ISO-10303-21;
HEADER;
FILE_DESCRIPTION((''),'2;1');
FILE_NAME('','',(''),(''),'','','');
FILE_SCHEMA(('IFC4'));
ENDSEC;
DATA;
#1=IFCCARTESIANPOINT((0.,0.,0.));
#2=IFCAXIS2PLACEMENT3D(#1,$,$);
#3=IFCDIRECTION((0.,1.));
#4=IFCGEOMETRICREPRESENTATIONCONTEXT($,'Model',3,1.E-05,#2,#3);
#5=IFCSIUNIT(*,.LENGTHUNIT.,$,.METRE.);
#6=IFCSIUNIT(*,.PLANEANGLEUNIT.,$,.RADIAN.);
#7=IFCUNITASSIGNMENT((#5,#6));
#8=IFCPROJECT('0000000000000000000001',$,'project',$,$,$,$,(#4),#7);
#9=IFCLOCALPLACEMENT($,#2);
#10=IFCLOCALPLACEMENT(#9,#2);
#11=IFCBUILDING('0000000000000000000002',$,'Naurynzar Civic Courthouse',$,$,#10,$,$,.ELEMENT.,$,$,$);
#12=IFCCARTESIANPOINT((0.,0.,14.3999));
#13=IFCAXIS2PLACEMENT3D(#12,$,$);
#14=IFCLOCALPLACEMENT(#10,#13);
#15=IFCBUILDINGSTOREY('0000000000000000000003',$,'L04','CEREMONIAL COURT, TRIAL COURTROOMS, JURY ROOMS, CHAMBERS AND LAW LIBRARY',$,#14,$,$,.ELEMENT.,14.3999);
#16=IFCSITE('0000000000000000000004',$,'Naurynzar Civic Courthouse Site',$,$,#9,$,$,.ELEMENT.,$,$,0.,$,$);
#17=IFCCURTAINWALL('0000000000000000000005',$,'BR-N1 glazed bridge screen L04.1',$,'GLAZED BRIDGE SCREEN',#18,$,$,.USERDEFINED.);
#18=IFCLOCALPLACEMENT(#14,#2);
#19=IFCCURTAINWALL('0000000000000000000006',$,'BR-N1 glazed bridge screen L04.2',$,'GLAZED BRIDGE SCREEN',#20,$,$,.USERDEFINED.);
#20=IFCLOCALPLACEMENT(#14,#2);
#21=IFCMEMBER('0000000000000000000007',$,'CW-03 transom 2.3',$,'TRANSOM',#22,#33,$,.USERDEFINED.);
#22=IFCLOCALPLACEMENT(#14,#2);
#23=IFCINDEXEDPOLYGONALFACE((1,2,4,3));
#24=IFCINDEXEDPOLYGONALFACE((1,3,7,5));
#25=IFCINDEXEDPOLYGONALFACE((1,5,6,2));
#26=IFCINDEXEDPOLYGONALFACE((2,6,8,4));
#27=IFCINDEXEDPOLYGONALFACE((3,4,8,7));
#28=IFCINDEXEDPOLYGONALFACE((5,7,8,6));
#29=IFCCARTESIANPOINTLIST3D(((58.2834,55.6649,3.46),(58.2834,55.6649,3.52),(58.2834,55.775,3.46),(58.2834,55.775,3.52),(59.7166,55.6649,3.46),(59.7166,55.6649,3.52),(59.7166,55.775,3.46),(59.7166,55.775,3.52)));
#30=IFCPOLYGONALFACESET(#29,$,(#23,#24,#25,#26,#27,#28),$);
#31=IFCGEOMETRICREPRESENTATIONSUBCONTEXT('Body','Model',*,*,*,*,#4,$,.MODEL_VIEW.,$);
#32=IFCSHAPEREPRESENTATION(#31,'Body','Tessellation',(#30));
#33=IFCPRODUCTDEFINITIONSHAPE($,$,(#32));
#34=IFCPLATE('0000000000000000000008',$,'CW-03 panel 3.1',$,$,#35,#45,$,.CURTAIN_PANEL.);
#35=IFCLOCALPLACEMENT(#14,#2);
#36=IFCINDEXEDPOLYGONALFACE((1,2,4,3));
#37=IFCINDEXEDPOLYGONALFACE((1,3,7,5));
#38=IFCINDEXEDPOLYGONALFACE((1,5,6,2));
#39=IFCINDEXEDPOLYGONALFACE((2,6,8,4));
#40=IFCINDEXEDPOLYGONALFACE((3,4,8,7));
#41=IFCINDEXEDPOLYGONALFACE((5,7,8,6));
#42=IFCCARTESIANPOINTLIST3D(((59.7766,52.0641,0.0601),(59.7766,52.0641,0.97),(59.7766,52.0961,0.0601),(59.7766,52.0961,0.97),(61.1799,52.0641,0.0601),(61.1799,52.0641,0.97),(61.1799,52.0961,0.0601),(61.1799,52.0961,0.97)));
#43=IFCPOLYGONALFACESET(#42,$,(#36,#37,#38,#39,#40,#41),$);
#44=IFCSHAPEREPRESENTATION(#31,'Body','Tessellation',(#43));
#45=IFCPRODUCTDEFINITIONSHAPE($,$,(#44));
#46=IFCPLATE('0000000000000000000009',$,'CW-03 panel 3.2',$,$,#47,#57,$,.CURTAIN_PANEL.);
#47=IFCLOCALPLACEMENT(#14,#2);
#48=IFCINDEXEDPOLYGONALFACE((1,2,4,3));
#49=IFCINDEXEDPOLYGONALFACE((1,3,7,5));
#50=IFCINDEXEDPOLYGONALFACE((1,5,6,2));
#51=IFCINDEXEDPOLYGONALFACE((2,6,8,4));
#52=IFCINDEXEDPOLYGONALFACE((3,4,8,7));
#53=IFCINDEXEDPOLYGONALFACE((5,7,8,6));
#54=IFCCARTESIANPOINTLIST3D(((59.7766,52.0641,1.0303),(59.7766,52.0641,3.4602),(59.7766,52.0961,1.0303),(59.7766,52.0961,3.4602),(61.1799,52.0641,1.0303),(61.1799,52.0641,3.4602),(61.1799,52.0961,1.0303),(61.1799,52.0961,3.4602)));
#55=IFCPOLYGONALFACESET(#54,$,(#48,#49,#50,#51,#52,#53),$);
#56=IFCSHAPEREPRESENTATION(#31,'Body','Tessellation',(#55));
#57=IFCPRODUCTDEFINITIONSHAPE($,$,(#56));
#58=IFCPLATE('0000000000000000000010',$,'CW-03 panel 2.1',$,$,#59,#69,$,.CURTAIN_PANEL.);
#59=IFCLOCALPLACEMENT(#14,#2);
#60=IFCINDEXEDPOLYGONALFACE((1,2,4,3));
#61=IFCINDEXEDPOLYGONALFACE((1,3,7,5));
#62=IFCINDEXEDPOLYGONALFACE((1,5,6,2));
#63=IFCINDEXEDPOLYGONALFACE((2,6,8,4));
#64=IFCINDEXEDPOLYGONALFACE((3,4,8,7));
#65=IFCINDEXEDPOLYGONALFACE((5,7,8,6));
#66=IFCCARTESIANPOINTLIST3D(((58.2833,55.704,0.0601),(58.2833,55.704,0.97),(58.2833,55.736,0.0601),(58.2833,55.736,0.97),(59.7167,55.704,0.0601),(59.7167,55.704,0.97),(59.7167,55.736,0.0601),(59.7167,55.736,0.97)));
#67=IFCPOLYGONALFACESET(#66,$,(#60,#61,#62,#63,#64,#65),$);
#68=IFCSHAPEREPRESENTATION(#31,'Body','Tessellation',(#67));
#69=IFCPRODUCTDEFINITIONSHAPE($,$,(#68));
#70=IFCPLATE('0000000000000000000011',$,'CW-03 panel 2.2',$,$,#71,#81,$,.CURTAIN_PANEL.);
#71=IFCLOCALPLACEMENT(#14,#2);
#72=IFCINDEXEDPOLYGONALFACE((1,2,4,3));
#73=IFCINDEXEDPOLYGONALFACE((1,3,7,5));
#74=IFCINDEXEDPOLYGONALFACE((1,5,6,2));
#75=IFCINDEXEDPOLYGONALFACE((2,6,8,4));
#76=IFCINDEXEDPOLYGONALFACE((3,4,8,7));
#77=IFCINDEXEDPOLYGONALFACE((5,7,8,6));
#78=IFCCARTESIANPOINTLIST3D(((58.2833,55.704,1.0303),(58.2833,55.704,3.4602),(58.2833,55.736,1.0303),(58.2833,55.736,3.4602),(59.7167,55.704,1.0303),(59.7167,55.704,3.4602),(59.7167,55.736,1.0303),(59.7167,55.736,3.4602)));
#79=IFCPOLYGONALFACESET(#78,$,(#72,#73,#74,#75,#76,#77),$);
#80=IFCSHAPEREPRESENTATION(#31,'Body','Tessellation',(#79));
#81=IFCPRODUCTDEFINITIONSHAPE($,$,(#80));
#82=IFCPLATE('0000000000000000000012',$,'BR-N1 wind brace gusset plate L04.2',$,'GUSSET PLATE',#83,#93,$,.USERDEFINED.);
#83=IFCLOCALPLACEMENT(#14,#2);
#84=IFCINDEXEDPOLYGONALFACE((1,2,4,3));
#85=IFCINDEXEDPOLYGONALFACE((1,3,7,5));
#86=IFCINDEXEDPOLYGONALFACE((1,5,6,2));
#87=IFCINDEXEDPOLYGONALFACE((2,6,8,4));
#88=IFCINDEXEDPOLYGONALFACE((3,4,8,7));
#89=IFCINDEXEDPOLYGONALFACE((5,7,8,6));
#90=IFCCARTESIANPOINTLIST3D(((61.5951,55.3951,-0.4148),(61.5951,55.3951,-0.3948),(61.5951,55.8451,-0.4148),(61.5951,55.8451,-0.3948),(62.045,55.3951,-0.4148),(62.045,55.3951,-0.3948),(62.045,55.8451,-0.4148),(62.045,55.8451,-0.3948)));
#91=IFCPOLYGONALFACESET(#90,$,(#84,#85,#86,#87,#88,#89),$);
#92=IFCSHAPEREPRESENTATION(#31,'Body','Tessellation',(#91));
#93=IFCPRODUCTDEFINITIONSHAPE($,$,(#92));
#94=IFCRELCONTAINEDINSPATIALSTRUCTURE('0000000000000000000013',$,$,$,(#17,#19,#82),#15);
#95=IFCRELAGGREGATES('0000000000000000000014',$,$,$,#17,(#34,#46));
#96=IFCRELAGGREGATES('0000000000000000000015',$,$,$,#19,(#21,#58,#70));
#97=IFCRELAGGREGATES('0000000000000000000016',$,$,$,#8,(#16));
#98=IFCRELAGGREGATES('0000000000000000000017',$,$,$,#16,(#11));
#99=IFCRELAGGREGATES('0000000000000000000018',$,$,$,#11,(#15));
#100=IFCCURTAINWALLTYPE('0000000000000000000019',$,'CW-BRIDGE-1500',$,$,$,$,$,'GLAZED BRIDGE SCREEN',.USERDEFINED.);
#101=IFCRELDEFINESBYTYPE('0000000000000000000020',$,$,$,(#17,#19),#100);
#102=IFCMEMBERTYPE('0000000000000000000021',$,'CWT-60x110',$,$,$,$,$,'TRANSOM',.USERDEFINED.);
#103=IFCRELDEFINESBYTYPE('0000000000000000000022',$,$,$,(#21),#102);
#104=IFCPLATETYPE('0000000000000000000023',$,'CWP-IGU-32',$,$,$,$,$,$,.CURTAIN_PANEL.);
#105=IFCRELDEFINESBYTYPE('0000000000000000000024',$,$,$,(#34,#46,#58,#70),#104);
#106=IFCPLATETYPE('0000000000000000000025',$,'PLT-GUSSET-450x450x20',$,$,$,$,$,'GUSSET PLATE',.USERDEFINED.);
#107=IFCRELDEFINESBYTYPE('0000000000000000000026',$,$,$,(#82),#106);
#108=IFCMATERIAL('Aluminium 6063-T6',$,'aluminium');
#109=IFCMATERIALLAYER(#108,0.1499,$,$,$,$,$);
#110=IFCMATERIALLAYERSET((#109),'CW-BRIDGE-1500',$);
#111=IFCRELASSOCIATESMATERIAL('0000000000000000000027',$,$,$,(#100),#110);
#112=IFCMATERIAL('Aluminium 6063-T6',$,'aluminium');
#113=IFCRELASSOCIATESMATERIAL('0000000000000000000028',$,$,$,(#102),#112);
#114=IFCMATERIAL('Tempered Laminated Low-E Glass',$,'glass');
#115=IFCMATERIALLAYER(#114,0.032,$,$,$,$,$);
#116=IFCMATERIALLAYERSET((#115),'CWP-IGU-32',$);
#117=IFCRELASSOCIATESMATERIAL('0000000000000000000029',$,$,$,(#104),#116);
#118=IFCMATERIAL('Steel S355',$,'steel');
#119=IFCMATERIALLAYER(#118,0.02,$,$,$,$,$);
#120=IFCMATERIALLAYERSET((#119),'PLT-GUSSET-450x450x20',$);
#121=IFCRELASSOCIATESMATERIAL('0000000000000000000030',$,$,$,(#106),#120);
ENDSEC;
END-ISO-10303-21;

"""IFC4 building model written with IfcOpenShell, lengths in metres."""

from ifc_helpers import new_model, si_unit, direction, frame, origin, origin_2d, place, context, subcontext, project, spatial, rectangle, extrude, material, layer, layer_set, material_profile, profile_set, type_object, element, aggregate, save


model = new_model("IFC4")

# Units and contexts
model_context = context("Model", 3, precision=1e-05, world=origin(), true_north=direction((0.0, 1.0)))
body_context = subcontext(model_context, "Body", "Model", "MODEL_VIEW")
ifc_project = project(units=[si_unit("LENGTHUNIT", "METRE"), si_unit("PLANEANGLEUNIT", "RADIAN")], contexts=[model_context])

# Site, building, storey
site_placement = place(None, origin())
site = spatial("IfcSite", under=ifc_project, at=site_placement, Name="Naurynzar Civic Courthouse Site", CompositionType="ELEMENT", RefElevation=0.0)
building_placement = place(site_placement, origin())
building = spatial("IfcBuilding", under=site, at=building_placement, Name="Naurynzar Civic Courthouse", CompositionType="ELEMENT")
storey_placement = place(building_placement, frame((0.0, 0.0, 14.3999)))
storey = spatial("IfcBuildingStorey", under=building, at=storey_placement, Name="L04", Description="CEREMONIAL COURT, TRIAL COURTROOMS, JURY ROOMS, CHAMBERS AND LAW LIBRARY", CompositionType="ELEMENT", Elevation=14.3999)

# Curtain walls, member
ifc_material_1 = material(Name="Aluminium 6063-T6", Category="aluminium")
ifc_layer_1 = layer(ifc_material_1, 0.1499)
ifc_layer_set_1 = layer_set([ifc_layer_1], Name="CW-BRIDGE-1500")
curtain_wall_type = type_object("IfcCurtainWallType", Name="CW-BRIDGE-1500", ElementType="GLAZED BRIDGE SCREEN", PredefinedType="USERDEFINED", material=ifc_layer_set_1)
curtain_wall_1_placement = place(storey_placement, origin())
curtain_wall_1 = element("IfcCurtainWall", 1, at=curtain_wall_1_placement, inside=storey, type_object=curtain_wall_type, Name="BR-N1 glazed bridge screen L04.1", ObjectType="GLAZED BRIDGE SCREEN", PredefinedType="USERDEFINED")
ifc_material_2 = material(Name="Aluminium 6063-T6", Category="aluminium")
ifc_material_profile_1 = material_profile(ifc_material_2, rectangle(XDim=0.1101, YDim=0.0601, at=origin_2d()), Name="ALU TRANSOM 60x110")
ifc_profile_set_1 = profile_set([ifc_material_profile_1], Name="Aluminium 6063-T6")
member_type_1 = type_object("IfcMemberType", Name="CWT-60x110", ElementType="TRANSOM", PredefinedType="USERDEFINED", material=ifc_profile_set_1)
curtain_wall_2_placement = place(storey_placement, origin())
curtain_wall_2 = element("IfcCurtainWall", 2, at=curtain_wall_2_placement, inside=storey, type_object=curtain_wall_type, Name="BR-N1 glazed bridge screen L04.2", ObjectType="GLAZED BRIDGE SCREEN", PredefinedType="USERDEFINED")
member_1_placement = place(storey_placement, frame((59.7166, 55.72, 3.49), z_axis=(-1.0, 0.0, 0.0), x_axis=(0.0, -1.0, 0.0)))
member_1 = element("IfcMember", 3, at=member_1_placement, type_object=member_type_1, Name="CW-03 transom 2.3", ObjectType="TRANSOM", PredefinedType="USERDEFINED", context=body_context, shape_type="SweptSolid", body=[
    extrude(rectangle(XDim=0.1101, YDim=0.0601, at=origin_2d()), origin(), (0.0, 0.0, 1.0), 1.4331),
])

# Plates
ifc_material_3 = material(Name="Tempered Laminated Low-E Glass", Category="glass")
ifc_layer_2 = layer(ifc_material_3, 0.032)
ifc_layer_set_2 = layer_set([ifc_layer_2], Name="CWP-IGU-32")
plate_type_1 = type_object("IfcPlateType", Name="CWP-IGU-32", PredefinedType="CURTAIN_PANEL", material=ifc_layer_set_2)
plate_1_placement = place(storey_placement, frame((60.4783, 52.0801, 0.0601), z_axis=(0.0, 0.0, 1.0), x_axis=(1.0, 0.0, 0.0)))
plate_1 = element("IfcPlate", 4, at=plate_1_placement, type_object=plate_type_1, Name="CW-03 panel 3.1", PredefinedType="CURTAIN_PANEL", context=body_context, shape_type="SweptSolid", body=[
    extrude(rectangle(XDim=1.4033, YDim=0.032, at=origin_2d()), origin(), (0.0, 0.0, 1.0), 0.9099),
])
plate_2_placement = place(storey_placement, frame((60.4783, 52.0801, 1.0303), z_axis=(0.0, 0.0, 1.0), x_axis=(1.0, 0.0, 0.0)))
plate_2 = element("IfcPlate", 5, at=plate_2_placement, type_object=plate_type_1, Name="CW-03 panel 3.2", PredefinedType="CURTAIN_PANEL", context=body_context, shape_type="SweptSolid", body=[
    extrude(rectangle(XDim=1.4033, YDim=0.032, at=origin_2d()), origin(), (0.0, 0.0, 1.0), 2.4299),
])
aggregate(curtain_wall_1, [plate_1, plate_2])
plate_3_placement = place(storey_placement, frame((59.0, 55.72, 0.0601), z_axis=(0.0, 0.0, 1.0), x_axis=(-1.0, 0.0, 0.0)))
plate_3 = element("IfcPlate", 6, at=plate_3_placement, type_object=plate_type_1, Name="CW-03 panel 2.1", PredefinedType="CURTAIN_PANEL", context=body_context, shape_type="SweptSolid", body=[
    extrude(rectangle(XDim=1.4333, YDim=0.032, at=origin_2d()), origin(), (0.0, 0.0, 1.0), 0.9099),
])
plate_4_placement = place(storey_placement, frame((59.0, 55.72, 1.0303), z_axis=(0.0, 0.0, 1.0), x_axis=(-1.0, 0.0, 0.0)))
plate_4 = element("IfcPlate", 7, at=plate_4_placement, type_object=plate_type_1, Name="CW-03 panel 2.2", PredefinedType="CURTAIN_PANEL", context=body_context, shape_type="SweptSolid", body=[
    extrude(rectangle(XDim=1.4333, YDim=0.032, at=origin_2d()), origin(), (0.0, 0.0, 1.0), 2.4299),
])
aggregate(curtain_wall_2, [member_1, plate_3, plate_4])
ifc_material_4 = material(Name="Steel S355", Category="steel")
ifc_layer_3 = layer(ifc_material_4, 0.02)
ifc_layer_set_3 = layer_set([ifc_layer_3], Name="PLT-GUSSET-450x450x20")
plate_type_2 = type_object("IfcPlateType", Name="PLT-GUSSET-450x450x20", ElementType="GUSSET PLATE", PredefinedType="USERDEFINED", material=ifc_layer_set_3)
plate_5_placement = place(storey_placement, frame((61.8201, 55.6201, -0.4148), z_axis=(0.0, 0.0, 1.0), x_axis=(1.0, 0.0, 0.0)))
element("IfcPlate", 8, at=plate_5_placement, inside=storey, type_object=plate_type_2, Name="BR-N1 wind brace gusset plate L04.2", ObjectType="GUSSET PLATE", PredefinedType="USERDEFINED", context=body_context, shape_type="SweptSolid", body=[
    extrude(rectangle(XDim=0.45, YDim=0.45, at=origin_2d()), origin(), (0.0, 0.0, 1.0), 0.02),
])

save(model, "model.ifc")
